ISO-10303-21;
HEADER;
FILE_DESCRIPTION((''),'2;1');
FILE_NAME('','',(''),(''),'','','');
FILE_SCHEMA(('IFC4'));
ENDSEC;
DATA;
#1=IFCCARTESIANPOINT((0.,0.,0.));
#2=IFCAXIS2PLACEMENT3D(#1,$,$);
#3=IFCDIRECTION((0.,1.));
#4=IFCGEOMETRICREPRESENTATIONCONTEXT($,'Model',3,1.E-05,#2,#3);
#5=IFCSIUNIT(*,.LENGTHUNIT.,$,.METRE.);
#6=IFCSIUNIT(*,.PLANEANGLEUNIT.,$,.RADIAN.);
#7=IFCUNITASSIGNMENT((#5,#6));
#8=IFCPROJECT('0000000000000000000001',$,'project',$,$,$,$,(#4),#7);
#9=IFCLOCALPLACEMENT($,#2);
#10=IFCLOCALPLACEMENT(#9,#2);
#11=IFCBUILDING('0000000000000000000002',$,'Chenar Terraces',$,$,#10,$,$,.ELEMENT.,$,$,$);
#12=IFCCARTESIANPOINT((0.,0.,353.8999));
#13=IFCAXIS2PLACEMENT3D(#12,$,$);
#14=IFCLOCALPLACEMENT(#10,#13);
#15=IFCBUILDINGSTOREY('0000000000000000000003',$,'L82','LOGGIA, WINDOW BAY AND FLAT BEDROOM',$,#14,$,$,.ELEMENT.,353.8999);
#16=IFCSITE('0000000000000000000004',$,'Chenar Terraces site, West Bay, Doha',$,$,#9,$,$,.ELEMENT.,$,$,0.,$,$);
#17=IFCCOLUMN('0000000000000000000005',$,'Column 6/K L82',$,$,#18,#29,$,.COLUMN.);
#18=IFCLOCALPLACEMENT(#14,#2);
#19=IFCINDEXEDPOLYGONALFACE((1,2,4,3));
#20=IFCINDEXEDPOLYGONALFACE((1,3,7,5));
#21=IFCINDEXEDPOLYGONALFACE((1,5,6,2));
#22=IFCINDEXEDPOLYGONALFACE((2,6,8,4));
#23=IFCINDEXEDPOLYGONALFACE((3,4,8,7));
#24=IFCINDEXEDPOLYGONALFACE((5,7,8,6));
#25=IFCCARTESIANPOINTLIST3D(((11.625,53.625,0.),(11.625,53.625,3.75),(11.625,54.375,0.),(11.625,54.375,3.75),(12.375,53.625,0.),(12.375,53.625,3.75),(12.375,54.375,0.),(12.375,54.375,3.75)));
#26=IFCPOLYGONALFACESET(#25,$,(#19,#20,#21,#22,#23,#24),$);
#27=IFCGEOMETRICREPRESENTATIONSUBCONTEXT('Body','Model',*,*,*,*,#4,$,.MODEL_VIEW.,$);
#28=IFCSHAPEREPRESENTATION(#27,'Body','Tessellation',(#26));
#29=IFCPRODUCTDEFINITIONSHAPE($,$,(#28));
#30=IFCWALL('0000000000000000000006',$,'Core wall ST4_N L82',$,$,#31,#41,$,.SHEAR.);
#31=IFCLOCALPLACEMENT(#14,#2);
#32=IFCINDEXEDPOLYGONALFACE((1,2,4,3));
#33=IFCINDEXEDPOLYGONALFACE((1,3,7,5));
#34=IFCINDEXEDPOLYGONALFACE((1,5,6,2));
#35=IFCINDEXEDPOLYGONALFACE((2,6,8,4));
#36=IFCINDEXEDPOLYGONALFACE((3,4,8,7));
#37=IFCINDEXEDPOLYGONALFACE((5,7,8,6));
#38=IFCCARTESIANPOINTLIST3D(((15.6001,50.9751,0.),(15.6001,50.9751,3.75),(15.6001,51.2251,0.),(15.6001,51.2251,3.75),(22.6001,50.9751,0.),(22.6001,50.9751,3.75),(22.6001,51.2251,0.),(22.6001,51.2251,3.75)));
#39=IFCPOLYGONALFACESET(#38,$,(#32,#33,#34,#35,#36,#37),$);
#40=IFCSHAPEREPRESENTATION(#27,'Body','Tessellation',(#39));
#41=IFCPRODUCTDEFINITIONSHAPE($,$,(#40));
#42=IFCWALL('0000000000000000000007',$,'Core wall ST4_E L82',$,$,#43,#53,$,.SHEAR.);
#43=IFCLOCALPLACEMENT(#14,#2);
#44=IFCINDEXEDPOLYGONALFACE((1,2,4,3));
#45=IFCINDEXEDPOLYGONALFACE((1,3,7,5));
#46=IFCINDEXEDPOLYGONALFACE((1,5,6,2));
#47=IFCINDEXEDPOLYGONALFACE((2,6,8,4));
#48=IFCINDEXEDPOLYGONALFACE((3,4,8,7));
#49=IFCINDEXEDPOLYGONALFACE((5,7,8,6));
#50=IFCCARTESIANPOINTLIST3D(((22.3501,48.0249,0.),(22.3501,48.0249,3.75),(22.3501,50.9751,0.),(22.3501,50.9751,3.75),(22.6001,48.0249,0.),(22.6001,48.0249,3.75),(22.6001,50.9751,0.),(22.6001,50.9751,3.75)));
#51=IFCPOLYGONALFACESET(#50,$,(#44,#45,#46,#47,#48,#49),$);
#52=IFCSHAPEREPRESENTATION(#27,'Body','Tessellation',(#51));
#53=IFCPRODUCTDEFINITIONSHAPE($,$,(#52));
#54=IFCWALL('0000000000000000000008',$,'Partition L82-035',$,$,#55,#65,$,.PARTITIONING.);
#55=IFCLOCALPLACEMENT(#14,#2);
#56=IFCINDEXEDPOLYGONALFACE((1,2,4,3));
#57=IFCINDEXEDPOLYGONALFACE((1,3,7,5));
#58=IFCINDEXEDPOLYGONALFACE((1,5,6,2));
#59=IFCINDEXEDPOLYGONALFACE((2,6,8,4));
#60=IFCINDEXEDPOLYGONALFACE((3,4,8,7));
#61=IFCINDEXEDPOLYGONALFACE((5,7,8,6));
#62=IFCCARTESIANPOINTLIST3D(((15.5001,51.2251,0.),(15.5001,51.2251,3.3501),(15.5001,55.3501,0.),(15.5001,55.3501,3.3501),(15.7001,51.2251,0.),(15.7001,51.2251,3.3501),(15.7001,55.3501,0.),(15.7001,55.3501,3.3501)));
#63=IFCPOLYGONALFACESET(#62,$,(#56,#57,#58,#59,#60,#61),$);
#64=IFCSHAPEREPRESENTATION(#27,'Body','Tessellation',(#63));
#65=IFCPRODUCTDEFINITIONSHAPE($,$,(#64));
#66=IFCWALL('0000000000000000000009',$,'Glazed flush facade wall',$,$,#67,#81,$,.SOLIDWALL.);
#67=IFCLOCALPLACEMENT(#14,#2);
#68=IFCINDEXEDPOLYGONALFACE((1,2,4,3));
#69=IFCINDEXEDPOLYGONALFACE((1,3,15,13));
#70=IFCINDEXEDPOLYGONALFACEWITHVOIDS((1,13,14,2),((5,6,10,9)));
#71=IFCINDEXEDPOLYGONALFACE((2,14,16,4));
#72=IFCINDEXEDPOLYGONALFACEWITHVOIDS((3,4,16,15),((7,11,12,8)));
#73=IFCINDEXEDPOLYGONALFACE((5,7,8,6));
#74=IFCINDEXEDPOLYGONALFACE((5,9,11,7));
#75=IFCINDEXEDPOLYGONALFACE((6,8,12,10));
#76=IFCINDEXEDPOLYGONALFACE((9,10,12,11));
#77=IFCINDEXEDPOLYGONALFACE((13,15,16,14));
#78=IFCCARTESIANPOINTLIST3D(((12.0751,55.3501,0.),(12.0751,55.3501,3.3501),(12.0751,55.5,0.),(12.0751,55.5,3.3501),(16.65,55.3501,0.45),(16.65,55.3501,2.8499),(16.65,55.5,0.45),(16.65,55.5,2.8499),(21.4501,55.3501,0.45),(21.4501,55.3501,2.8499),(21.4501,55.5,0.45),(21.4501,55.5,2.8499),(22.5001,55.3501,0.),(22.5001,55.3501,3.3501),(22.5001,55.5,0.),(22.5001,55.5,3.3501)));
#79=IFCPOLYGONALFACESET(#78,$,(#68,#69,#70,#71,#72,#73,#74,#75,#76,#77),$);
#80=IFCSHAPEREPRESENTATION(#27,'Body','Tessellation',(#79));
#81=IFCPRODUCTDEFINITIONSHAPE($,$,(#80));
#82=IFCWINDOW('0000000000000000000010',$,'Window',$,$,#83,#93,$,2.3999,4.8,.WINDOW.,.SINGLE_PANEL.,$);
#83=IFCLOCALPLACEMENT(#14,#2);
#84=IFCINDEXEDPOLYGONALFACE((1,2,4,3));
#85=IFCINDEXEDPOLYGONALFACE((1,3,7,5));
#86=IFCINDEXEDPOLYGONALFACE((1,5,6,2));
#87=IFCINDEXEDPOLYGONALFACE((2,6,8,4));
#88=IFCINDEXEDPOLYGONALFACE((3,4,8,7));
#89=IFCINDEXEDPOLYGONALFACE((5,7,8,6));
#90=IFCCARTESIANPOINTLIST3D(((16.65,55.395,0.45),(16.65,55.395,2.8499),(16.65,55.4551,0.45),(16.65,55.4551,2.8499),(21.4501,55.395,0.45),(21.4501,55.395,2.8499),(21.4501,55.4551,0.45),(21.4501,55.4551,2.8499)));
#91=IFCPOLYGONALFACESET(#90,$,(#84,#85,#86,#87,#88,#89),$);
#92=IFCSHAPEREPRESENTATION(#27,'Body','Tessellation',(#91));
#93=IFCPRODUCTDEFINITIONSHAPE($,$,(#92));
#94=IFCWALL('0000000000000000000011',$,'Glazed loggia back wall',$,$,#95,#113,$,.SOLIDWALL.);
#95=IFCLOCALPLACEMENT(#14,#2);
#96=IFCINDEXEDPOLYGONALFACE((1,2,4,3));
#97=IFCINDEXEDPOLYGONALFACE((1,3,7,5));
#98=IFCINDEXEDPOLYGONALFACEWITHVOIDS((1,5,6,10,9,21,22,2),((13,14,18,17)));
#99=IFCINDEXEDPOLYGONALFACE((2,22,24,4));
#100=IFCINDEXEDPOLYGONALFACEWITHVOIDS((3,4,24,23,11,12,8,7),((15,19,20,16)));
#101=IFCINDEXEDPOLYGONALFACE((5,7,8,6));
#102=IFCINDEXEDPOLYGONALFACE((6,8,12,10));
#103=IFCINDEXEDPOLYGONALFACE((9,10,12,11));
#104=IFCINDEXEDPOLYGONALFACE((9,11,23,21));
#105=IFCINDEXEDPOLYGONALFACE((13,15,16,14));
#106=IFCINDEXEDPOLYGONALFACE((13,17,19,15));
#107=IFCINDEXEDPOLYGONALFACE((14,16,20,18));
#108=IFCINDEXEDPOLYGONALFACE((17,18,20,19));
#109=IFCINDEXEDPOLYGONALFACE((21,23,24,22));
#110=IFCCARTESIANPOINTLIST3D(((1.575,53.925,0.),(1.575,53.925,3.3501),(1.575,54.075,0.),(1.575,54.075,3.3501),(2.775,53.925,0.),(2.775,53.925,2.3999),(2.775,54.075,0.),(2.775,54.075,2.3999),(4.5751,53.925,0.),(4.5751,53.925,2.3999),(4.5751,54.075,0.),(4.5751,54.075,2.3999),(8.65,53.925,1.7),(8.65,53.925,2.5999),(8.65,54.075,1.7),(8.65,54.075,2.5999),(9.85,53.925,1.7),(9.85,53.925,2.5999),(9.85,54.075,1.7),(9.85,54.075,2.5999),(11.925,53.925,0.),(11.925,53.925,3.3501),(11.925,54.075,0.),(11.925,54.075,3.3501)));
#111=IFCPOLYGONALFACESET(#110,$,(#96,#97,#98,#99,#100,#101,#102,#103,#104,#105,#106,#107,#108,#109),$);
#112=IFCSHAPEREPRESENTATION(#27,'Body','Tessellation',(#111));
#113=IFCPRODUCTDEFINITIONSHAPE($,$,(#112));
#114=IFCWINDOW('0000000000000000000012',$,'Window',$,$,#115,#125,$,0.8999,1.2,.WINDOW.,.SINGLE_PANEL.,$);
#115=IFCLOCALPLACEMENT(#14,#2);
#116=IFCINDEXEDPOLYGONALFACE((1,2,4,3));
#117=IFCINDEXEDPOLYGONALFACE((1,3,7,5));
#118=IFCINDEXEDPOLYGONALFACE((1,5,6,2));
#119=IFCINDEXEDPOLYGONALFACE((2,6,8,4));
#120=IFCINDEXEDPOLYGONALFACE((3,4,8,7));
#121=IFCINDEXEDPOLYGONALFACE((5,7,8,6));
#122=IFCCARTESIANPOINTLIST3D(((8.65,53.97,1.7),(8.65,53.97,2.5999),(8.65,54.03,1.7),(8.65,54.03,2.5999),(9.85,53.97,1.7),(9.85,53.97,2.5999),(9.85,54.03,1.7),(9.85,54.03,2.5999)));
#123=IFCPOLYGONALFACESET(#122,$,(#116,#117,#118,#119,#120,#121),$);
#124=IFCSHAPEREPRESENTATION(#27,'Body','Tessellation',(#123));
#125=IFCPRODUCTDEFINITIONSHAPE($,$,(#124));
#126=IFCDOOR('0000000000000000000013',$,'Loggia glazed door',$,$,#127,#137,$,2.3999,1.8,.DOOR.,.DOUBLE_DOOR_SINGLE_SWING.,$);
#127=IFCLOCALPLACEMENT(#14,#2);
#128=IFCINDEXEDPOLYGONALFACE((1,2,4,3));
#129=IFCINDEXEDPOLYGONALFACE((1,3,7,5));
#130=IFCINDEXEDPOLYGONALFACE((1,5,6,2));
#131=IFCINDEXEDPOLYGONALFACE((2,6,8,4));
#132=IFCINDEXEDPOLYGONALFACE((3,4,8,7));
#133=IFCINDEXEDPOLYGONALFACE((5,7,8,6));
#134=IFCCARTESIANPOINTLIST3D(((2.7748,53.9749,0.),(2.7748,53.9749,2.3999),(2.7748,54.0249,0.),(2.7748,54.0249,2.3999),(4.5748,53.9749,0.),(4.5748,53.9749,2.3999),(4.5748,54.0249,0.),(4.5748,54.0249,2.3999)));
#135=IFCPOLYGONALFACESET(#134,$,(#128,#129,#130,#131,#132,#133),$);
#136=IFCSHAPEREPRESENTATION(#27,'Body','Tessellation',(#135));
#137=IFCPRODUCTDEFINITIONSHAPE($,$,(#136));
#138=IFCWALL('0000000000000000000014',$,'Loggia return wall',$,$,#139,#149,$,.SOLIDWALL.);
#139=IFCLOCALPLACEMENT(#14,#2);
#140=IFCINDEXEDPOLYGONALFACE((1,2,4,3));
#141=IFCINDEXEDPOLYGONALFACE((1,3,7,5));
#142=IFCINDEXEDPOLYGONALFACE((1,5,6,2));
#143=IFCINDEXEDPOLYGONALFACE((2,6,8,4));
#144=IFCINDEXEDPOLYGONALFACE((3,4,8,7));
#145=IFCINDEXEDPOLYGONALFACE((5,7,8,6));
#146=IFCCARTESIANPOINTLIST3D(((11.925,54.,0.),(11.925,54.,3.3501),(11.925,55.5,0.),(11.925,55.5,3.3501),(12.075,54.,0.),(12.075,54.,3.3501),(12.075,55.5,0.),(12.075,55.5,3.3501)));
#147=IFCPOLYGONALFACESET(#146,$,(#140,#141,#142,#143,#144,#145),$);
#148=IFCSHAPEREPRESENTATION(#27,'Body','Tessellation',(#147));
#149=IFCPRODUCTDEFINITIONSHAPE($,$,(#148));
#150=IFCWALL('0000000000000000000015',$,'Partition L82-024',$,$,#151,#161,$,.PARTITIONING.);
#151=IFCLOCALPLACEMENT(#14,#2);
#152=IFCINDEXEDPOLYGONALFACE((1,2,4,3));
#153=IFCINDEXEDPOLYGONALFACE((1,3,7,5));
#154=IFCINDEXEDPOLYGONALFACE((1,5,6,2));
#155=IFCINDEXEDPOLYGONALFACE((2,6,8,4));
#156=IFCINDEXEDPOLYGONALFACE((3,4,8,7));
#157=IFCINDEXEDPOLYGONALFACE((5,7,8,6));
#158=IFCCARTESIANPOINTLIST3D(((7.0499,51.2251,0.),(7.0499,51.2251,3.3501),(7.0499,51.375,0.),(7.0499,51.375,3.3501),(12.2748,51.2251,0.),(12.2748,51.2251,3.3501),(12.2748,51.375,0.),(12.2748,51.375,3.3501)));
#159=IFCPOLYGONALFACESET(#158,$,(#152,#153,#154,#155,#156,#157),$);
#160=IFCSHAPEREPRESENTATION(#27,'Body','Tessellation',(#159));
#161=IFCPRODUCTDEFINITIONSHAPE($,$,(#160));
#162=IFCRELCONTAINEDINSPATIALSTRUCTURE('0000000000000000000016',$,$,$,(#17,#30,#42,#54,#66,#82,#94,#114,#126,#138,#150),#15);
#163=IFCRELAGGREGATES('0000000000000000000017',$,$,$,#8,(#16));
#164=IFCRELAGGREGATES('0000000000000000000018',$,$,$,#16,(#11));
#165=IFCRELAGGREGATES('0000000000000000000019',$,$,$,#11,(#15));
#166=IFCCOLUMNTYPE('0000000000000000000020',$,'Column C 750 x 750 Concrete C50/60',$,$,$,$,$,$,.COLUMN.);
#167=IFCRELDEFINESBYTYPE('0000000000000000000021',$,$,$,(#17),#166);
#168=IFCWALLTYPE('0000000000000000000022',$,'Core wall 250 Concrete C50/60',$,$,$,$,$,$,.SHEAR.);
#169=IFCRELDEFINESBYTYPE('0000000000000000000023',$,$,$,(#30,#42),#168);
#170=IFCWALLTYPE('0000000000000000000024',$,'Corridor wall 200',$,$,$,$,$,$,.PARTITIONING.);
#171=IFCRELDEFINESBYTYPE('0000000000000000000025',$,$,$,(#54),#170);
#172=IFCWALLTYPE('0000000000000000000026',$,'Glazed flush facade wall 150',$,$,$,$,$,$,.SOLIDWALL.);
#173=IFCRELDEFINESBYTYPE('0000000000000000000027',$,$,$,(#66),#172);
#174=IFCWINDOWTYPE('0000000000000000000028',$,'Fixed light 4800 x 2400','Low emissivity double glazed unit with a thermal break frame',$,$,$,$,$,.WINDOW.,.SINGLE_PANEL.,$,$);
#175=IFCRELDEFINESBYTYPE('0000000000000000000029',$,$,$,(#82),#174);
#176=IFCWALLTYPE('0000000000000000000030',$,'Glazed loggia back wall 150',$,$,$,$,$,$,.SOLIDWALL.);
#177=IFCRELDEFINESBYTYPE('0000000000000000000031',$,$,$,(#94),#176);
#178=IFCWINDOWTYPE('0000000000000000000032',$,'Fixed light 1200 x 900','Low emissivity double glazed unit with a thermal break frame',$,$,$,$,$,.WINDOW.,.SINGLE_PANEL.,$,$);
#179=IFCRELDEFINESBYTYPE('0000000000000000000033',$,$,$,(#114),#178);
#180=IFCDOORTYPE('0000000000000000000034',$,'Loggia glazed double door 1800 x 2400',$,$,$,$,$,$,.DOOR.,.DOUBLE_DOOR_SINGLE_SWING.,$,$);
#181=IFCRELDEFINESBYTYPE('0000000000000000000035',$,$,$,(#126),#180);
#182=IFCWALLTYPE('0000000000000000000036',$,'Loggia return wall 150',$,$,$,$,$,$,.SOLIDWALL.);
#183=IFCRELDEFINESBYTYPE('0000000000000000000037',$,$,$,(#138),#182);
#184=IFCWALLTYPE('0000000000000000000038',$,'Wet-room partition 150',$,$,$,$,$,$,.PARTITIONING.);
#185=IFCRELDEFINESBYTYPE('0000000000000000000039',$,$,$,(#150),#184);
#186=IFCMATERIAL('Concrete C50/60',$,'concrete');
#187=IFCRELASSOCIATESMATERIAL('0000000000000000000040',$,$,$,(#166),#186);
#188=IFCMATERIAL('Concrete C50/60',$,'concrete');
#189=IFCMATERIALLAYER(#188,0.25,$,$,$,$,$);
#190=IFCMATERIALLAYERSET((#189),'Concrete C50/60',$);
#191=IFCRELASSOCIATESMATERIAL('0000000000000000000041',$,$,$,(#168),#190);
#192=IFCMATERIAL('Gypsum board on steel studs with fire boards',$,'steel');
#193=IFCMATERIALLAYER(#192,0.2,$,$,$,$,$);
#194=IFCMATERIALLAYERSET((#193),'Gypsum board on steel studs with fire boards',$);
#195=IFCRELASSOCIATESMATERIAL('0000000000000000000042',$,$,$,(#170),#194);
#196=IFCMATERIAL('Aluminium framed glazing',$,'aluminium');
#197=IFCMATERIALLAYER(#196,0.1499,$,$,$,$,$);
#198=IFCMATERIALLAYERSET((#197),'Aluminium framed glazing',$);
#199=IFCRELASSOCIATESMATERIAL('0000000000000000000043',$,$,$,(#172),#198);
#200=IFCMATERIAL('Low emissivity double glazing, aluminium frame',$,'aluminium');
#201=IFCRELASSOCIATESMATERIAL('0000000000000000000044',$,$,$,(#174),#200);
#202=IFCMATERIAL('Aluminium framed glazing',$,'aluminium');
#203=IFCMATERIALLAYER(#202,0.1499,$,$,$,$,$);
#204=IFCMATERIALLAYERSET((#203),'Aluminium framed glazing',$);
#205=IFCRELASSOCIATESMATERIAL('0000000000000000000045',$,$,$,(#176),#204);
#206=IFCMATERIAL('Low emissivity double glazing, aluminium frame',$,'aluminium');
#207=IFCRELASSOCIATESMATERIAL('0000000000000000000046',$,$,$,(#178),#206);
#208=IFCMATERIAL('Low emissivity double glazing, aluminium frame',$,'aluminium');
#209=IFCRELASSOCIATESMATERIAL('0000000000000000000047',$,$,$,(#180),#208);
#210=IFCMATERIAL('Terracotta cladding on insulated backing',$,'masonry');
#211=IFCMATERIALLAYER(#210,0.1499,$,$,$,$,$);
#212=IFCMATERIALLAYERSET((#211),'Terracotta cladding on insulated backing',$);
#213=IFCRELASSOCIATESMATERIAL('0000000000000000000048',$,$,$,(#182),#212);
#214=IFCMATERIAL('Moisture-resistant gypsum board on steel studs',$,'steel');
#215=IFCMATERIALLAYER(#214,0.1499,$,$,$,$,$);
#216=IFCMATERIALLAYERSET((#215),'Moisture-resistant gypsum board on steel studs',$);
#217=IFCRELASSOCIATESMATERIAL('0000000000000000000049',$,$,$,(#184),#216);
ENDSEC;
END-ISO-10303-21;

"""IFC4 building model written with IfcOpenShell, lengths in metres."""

from ifc_helpers import new_model, si_unit, direction, frame, frame_2d, origin, origin_2d, place, context, subcontext, project, spatial, rectangle, extrude, material, layer, layer_set, material_profile, profile_set, type_object, element, fill, save


model = new_model("IFC4")

# Units and contexts
model_context = context("Model", 3, precision=1e-05, world=origin(), true_north=direction((0.0, 1.0)))
body_context = subcontext(model_context, "Body", "Model", "MODEL_VIEW")
ifc_project = project(units=[si_unit("LENGTHUNIT", "METRE"), si_unit("PLANEANGLEUNIT", "RADIAN")], contexts=[model_context])

# Site, building, storey
site_placement = place(None, origin())
site = spatial("IfcSite", under=ifc_project, at=site_placement, Name="Chenar Terraces site, West Bay, Doha", CompositionType="ELEMENT", RefElevation=0.0)
building_placement = place(site_placement, origin())
building = spatial("IfcBuilding", under=site, at=building_placement, Name="Chenar Terraces", CompositionType="ELEMENT")
storey_placement = place(building_placement, frame((0.0, 0.0, 353.8999)))
storey = spatial("IfcBuildingStorey", under=building, at=storey_placement, Name="L82", Description="LOGGIA, WINDOW BAY AND FLAT BEDROOM", CompositionType="ELEMENT", Elevation=353.8999)

# Column
ifc_material_1 = material(Name="Concrete C50/60", Category="concrete")
ifc_material_profile_1 = material_profile(ifc_material_1, rectangle(XDim=0.75, YDim=0.75, at=origin_2d()), Name="C 750 x 750")
ifc_profile_set_1 = profile_set([ifc_material_profile_1], Name="Concrete C50/60")
column_type = type_object("IfcColumnType", Name="Column C 750 x 750 Concrete C50/60", PredefinedType="COLUMN", material=ifc_profile_set_1)
column_placement = place(storey_placement, frame((12.0, 54.0, 0.0), z_axis=(0.0, 0.0, 1.0), x_axis=(1.0, 0.0, 0.0)))
element("IfcColumn", 1, at=column_placement, inside=storey, type_object=column_type, Name="Column 6/K L82", PredefinedType="COLUMN", context=body_context, shape_type="SweptSolid", body=[
    extrude(rectangle(XDim=0.75, YDim=0.75, at=origin_2d()), origin(), (0.0, 0.0, 1.0), 3.75),
])

# Walls
ifc_material_2 = material(Name="Concrete C50/60", Category="concrete")
ifc_layer_1 = layer(ifc_material_2, 0.25)
ifc_layer_set_1 = layer_set([ifc_layer_1], Name="Concrete C50/60")
wall_type_1 = type_object("IfcWallType", Name="Core wall 250 Concrete C50/60", PredefinedType="SHEAR", material=ifc_layer_set_1)
wall_1_placement = place(storey_placement, frame((15.6001, 51.1001, 0.0), z_axis=(0.0, 0.0, 1.0), x_axis=(1.0, 0.0, 0.0)))
element("IfcWall", 2, at=wall_1_placement, inside=storey, type_object=wall_type_1, Name="Core wall ST4_N L82", PredefinedType="SHEAR", context=body_context, shape_type="SweptSolid", body=[
    extrude(rectangle(XDim=7.0, YDim=0.25, at=frame_2d((3.5, 0.0))), origin(), (0.0, 0.0, 1.0), 3.75),
])
wall_2_placement = place(storey_placement, frame((22.4751, 48.0249, 0.0), z_axis=(0.0, 0.0, 1.0), x_axis=(0.0, 1.0, 0.0)))
element("IfcWall", 3, at=wall_2_placement, inside=storey, type_object=wall_type_1, Name="Core wall ST4_E L82", PredefinedType="SHEAR", context=body_context, shape_type="SweptSolid", body=[
    extrude(rectangle(XDim=2.9502, YDim=0.25, at=frame_2d((1.4751, 0.0))), origin(), (0.0, 0.0, 1.0), 3.75),
])
ifc_material_3 = material(Name="Gypsum board on steel studs with fire boards", Category="steel")
ifc_layer_2 = layer(ifc_material_3, 0.2)
ifc_layer_set_2 = layer_set([ifc_layer_2], Name="Gypsum board on steel studs with fire boards")
wall_type_2 = type_object("IfcWallType", Name="Corridor wall 200", PredefinedType="PARTITIONING", material=ifc_layer_set_2)
wall_3_placement = place(storey_placement, frame((15.6001, 51.2251, 0.0), z_axis=(0.0, 0.0, 1.0), x_axis=(0.0, 1.0, 0.0)))
element("IfcWall", 4, at=wall_3_placement, inside=storey, type_object=wall_type_2, Name="Partition L82-035", PredefinedType="PARTITIONING", context=body_context, shape_type="SweptSolid", body=[
    extrude(rectangle(XDim=4.125, YDim=0.2, at=frame_2d((2.0625, 0.0))), origin(), (0.0, 0.0, 1.0), 3.3501),
])

# Wall, opening, window
ifc_material_4 = material(Name="Aluminium framed glazing", Category="aluminium")
ifc_layer_3 = layer(ifc_material_4, 0.1499)
ifc_layer_set_3 = layer_set([ifc_layer_3], Name="Aluminium framed glazing")
wall_type_3 = type_object("IfcWallType", Name="Glazed flush facade wall 150", PredefinedType="SOLIDWALL", material=ifc_layer_set_3)
wall_4_placement = place(storey_placement, frame((22.5, 55.425, 0.0), z_axis=(0.0, 0.0, 1.0), x_axis=(-1.0, 0.0, 0.0)))
wall_4 = element("IfcWall", 5, at=wall_4_placement, inside=storey, type_object=wall_type_3, Name="Glazed flush facade wall", PredefinedType="SOLIDWALL", context=body_context, shape_type="SweptSolid", body=[
    extrude(rectangle(XDim=10.425, YDim=0.1499, at=frame_2d((5.2124, 0.0))), origin(), (0.0, 0.0, 1.0), 3.3501),
])
opening_1_placement = place(wall_4_placement, frame((1.05, 0.0, 0.45)))
opening_1 = element("IfcOpeningElement", 6, at=opening_1_placement, cuts=wall_4, PredefinedType="OPENING", context=body_context, shape_type="SweptSolid", body=[
    extrude(rectangle(XDim=4.8, YDim=2.3999, at=frame_2d((2.3999, 1.2))), frame((0.0, 0.085, 0.0), z_axis=(0.0, -1.0, 0.0), x_axis=(1.0, 0.0, 0.0)), (0.0, 0.0, 1.0), 0.1699),
])
ifc_material_5 = material(Name="Low emissivity double glazing, aluminium frame", Category="aluminium")
window_type_1 = type_object("IfcWindowType", Name="Fixed light 4800 x 2400", Description="Low emissivity double glazed unit with a thermal break frame", PartitioningType="SINGLE_PANEL", PredefinedType="WINDOW", material=ifc_material_5)
window_1_placement = place(opening_1_placement, origin())
window_1 = element("IfcWindow", 7, at=window_1_placement, inside=storey, type_object=window_type_1, Name="Window", OverallHeight=2.3999, OverallWidth=4.8, PartitioningType="SINGLE_PANEL", PredefinedType="WINDOW", context=body_context, shape_type="SweptSolid", body=[
    extrude(rectangle(XDim=4.8, YDim=2.3999, at=frame_2d((2.3999, 1.2))), frame((0.0, 0.03, 0.0), z_axis=(0.0, -1.0, 0.0), x_axis=(1.0, 0.0, 0.0)), (0.0, 0.0, 1.0), 0.0601),
])
fill(opening_1, window_1)

# Wall, openings, window, door
ifc_material_6 = material(Name="Aluminium framed glazing", Category="aluminium")
ifc_layer_4 = layer(ifc_material_6, 0.1499)
ifc_layer_set_4 = layer_set([ifc_layer_4], Name="Aluminium framed glazing")
wall_type_4 = type_object("IfcWallType", Name="Glazed loggia back wall 150", PredefinedType="SOLIDWALL", material=ifc_layer_set_4)
wall_5_placement = place(storey_placement, frame((11.925, 54.0, 0.0), z_axis=(0.0, 0.0, 1.0), x_axis=(-1.0, 0.0, 0.0)))
wall_5 = element("IfcWall", 8, at=wall_5_placement, inside=storey, type_object=wall_type_4, Name="Glazed loggia back wall", PredefinedType="SOLIDWALL", context=body_context, shape_type="SweptSolid", body=[
    extrude(rectangle(XDim=10.3501, YDim=0.1499, at=frame_2d((5.175, 0.0))), origin(), (0.0, 0.0, 1.0), 3.3501),
])
opening_2_placement = place(wall_5_placement, frame((2.075, 0.0, 1.7)))
opening_2 = element("IfcOpeningElement", 9, at=opening_2_placement, cuts=wall_5, PredefinedType="OPENING", context=body_context, shape_type="SweptSolid", body=[
    extrude(rectangle(XDim=1.2, YDim=0.8999, at=frame_2d((0.6001, 0.45))), frame((0.0, 0.085, 0.0), z_axis=(0.0, -1.0, 0.0), x_axis=(1.0, 0.0, 0.0)), (0.0, 0.0, 1.0), 0.1699),
])
opening_3_placement = place(wall_5_placement, frame((7.3501, 0.0, 0.0)))
opening_3 = element("IfcOpeningElement", 10, at=opening_3_placement, cuts=wall_5, PredefinedType="OPENING", context=body_context, shape_type="SweptSolid", body=[
    extrude(rectangle(XDim=1.8, YDim=2.3999, at=frame_2d((0.8999, 1.2))), frame((0.0, 0.085, 0.0), z_axis=(0.0, -1.0, 0.0), x_axis=(1.0, 0.0, 0.0)), (0.0, 0.0, 1.0), 0.1699),
])
ifc_material_7 = material(Name="Low emissivity double glazing, aluminium frame", Category="aluminium")
window_type_2 = type_object("IfcWindowType", Name="Fixed light 1200 x 900", Description="Low emissivity double glazed unit with a thermal break frame", PartitioningType="SINGLE_PANEL", PredefinedType="WINDOW", material=ifc_material_7)
window_2_placement = place(opening_2_placement, origin())
window_2 = element("IfcWindow", 11, at=window_2_placement, inside=storey, type_object=window_type_2, Name="Window", OverallHeight=0.8999, OverallWidth=1.2, PartitioningType="SINGLE_PANEL", PredefinedType="WINDOW", context=body_context, shape_type="SweptSolid", body=[
    extrude(rectangle(XDim=1.2, YDim=0.8999, at=frame_2d((0.6001, 0.45))), frame((0.0, 0.03, 0.0), z_axis=(0.0, -1.0, 0.0), x_axis=(1.0, 0.0, 0.0)), (0.0, 0.0, 1.0), 0.0601),
])
fill(opening_2, window_2)
ifc_material_8 = material(Name="Low emissivity double glazing, aluminium frame", Category="aluminium")
door_type = type_object("IfcDoorType", Name="Loggia glazed double door 1800 x 2400", OperationType="DOUBLE_DOOR_SINGLE_SWING", PredefinedType="DOOR", material=ifc_material_8)
door_placement = place(opening_3_placement, frame((1.8, 0.0, 0.0), z_axis=(0.0, 0.0, 1.0), x_axis=(-1.0, 0.0, 0.0)))
door = element("IfcDoor", 12, at=door_placement, inside=storey, type_object=door_type, Name="Loggia glazed door", OperationType="DOUBLE_DOOR_SINGLE_SWING", OverallHeight=2.3999, OverallWidth=1.8, PredefinedType="DOOR", context=body_context, shape_type="SweptSolid", body=[
    extrude(rectangle(XDim=1.8, YDim=2.3999, at=frame_2d((0.8999, 1.2))), frame((0.0, 0.0249, 0.0), z_axis=(0.0, -1.0, 0.0), x_axis=(1.0, 0.0, 0.0)), (0.0, 0.0, 1.0), 0.05),
])
fill(opening_3, door)

# Walls
ifc_material_9 = material(Name="Terracotta cladding on insulated backing", Category="masonry")
ifc_layer_5 = layer(ifc_material_9, 0.1499)
ifc_layer_set_5 = layer_set([ifc_layer_5], Name="Terracotta cladding on insulated backing")
wall_type_5 = type_object("IfcWallType", Name="Loggia return wall 150", PredefinedType="SOLIDWALL", material=ifc_layer_set_5)
wall_6_placement = place(storey_placement, frame((12.0, 55.5, 0.0), z_axis=(0.0, 0.0, 1.0), x_axis=(0.0, -1.0, 0.0)))
element("IfcWall", 13, at=wall_6_placement, inside=storey, type_object=wall_type_5, Name="Loggia return wall", PredefinedType="SOLIDWALL", context=body_context, shape_type="SweptSolid", body=[
    extrude(rectangle(XDim=1.5, YDim=0.1499, at=frame_2d((0.75, 0.0))), origin(), (0.0, 0.0, 1.0), 3.3501),
])
ifc_material_10 = material(Name="Moisture-resistant gypsum board on steel studs", Category="steel")
ifc_layer_6 = layer(ifc_material_10, 0.1499)
ifc_layer_set_6 = layer_set([ifc_layer_6], Name="Moisture-resistant gypsum board on steel studs")
wall_type_6 = type_object("IfcWallType", Name="Wet-room partition 150", PredefinedType="PARTITIONING", material=ifc_layer_set_6)
wall_7_placement = place(storey_placement, frame((7.05, 51.3, 0.0), z_axis=(0.0, 0.0, 1.0), x_axis=(1.0, 0.0, 0.0)))
element("IfcWall", 14, at=wall_7_placement, inside=storey, type_object=wall_type_6, Name="Partition L82-024", PredefinedType="PARTITIONING", context=body_context, shape_type="SweptSolid", body=[
    extrude(rectangle(XDim=5.2249, YDim=0.1499, at=frame_2d((2.6123, 0.0))), origin(), (0.0, 0.0, 1.0), 3.3501),
])

save(model, "model.ifc")
